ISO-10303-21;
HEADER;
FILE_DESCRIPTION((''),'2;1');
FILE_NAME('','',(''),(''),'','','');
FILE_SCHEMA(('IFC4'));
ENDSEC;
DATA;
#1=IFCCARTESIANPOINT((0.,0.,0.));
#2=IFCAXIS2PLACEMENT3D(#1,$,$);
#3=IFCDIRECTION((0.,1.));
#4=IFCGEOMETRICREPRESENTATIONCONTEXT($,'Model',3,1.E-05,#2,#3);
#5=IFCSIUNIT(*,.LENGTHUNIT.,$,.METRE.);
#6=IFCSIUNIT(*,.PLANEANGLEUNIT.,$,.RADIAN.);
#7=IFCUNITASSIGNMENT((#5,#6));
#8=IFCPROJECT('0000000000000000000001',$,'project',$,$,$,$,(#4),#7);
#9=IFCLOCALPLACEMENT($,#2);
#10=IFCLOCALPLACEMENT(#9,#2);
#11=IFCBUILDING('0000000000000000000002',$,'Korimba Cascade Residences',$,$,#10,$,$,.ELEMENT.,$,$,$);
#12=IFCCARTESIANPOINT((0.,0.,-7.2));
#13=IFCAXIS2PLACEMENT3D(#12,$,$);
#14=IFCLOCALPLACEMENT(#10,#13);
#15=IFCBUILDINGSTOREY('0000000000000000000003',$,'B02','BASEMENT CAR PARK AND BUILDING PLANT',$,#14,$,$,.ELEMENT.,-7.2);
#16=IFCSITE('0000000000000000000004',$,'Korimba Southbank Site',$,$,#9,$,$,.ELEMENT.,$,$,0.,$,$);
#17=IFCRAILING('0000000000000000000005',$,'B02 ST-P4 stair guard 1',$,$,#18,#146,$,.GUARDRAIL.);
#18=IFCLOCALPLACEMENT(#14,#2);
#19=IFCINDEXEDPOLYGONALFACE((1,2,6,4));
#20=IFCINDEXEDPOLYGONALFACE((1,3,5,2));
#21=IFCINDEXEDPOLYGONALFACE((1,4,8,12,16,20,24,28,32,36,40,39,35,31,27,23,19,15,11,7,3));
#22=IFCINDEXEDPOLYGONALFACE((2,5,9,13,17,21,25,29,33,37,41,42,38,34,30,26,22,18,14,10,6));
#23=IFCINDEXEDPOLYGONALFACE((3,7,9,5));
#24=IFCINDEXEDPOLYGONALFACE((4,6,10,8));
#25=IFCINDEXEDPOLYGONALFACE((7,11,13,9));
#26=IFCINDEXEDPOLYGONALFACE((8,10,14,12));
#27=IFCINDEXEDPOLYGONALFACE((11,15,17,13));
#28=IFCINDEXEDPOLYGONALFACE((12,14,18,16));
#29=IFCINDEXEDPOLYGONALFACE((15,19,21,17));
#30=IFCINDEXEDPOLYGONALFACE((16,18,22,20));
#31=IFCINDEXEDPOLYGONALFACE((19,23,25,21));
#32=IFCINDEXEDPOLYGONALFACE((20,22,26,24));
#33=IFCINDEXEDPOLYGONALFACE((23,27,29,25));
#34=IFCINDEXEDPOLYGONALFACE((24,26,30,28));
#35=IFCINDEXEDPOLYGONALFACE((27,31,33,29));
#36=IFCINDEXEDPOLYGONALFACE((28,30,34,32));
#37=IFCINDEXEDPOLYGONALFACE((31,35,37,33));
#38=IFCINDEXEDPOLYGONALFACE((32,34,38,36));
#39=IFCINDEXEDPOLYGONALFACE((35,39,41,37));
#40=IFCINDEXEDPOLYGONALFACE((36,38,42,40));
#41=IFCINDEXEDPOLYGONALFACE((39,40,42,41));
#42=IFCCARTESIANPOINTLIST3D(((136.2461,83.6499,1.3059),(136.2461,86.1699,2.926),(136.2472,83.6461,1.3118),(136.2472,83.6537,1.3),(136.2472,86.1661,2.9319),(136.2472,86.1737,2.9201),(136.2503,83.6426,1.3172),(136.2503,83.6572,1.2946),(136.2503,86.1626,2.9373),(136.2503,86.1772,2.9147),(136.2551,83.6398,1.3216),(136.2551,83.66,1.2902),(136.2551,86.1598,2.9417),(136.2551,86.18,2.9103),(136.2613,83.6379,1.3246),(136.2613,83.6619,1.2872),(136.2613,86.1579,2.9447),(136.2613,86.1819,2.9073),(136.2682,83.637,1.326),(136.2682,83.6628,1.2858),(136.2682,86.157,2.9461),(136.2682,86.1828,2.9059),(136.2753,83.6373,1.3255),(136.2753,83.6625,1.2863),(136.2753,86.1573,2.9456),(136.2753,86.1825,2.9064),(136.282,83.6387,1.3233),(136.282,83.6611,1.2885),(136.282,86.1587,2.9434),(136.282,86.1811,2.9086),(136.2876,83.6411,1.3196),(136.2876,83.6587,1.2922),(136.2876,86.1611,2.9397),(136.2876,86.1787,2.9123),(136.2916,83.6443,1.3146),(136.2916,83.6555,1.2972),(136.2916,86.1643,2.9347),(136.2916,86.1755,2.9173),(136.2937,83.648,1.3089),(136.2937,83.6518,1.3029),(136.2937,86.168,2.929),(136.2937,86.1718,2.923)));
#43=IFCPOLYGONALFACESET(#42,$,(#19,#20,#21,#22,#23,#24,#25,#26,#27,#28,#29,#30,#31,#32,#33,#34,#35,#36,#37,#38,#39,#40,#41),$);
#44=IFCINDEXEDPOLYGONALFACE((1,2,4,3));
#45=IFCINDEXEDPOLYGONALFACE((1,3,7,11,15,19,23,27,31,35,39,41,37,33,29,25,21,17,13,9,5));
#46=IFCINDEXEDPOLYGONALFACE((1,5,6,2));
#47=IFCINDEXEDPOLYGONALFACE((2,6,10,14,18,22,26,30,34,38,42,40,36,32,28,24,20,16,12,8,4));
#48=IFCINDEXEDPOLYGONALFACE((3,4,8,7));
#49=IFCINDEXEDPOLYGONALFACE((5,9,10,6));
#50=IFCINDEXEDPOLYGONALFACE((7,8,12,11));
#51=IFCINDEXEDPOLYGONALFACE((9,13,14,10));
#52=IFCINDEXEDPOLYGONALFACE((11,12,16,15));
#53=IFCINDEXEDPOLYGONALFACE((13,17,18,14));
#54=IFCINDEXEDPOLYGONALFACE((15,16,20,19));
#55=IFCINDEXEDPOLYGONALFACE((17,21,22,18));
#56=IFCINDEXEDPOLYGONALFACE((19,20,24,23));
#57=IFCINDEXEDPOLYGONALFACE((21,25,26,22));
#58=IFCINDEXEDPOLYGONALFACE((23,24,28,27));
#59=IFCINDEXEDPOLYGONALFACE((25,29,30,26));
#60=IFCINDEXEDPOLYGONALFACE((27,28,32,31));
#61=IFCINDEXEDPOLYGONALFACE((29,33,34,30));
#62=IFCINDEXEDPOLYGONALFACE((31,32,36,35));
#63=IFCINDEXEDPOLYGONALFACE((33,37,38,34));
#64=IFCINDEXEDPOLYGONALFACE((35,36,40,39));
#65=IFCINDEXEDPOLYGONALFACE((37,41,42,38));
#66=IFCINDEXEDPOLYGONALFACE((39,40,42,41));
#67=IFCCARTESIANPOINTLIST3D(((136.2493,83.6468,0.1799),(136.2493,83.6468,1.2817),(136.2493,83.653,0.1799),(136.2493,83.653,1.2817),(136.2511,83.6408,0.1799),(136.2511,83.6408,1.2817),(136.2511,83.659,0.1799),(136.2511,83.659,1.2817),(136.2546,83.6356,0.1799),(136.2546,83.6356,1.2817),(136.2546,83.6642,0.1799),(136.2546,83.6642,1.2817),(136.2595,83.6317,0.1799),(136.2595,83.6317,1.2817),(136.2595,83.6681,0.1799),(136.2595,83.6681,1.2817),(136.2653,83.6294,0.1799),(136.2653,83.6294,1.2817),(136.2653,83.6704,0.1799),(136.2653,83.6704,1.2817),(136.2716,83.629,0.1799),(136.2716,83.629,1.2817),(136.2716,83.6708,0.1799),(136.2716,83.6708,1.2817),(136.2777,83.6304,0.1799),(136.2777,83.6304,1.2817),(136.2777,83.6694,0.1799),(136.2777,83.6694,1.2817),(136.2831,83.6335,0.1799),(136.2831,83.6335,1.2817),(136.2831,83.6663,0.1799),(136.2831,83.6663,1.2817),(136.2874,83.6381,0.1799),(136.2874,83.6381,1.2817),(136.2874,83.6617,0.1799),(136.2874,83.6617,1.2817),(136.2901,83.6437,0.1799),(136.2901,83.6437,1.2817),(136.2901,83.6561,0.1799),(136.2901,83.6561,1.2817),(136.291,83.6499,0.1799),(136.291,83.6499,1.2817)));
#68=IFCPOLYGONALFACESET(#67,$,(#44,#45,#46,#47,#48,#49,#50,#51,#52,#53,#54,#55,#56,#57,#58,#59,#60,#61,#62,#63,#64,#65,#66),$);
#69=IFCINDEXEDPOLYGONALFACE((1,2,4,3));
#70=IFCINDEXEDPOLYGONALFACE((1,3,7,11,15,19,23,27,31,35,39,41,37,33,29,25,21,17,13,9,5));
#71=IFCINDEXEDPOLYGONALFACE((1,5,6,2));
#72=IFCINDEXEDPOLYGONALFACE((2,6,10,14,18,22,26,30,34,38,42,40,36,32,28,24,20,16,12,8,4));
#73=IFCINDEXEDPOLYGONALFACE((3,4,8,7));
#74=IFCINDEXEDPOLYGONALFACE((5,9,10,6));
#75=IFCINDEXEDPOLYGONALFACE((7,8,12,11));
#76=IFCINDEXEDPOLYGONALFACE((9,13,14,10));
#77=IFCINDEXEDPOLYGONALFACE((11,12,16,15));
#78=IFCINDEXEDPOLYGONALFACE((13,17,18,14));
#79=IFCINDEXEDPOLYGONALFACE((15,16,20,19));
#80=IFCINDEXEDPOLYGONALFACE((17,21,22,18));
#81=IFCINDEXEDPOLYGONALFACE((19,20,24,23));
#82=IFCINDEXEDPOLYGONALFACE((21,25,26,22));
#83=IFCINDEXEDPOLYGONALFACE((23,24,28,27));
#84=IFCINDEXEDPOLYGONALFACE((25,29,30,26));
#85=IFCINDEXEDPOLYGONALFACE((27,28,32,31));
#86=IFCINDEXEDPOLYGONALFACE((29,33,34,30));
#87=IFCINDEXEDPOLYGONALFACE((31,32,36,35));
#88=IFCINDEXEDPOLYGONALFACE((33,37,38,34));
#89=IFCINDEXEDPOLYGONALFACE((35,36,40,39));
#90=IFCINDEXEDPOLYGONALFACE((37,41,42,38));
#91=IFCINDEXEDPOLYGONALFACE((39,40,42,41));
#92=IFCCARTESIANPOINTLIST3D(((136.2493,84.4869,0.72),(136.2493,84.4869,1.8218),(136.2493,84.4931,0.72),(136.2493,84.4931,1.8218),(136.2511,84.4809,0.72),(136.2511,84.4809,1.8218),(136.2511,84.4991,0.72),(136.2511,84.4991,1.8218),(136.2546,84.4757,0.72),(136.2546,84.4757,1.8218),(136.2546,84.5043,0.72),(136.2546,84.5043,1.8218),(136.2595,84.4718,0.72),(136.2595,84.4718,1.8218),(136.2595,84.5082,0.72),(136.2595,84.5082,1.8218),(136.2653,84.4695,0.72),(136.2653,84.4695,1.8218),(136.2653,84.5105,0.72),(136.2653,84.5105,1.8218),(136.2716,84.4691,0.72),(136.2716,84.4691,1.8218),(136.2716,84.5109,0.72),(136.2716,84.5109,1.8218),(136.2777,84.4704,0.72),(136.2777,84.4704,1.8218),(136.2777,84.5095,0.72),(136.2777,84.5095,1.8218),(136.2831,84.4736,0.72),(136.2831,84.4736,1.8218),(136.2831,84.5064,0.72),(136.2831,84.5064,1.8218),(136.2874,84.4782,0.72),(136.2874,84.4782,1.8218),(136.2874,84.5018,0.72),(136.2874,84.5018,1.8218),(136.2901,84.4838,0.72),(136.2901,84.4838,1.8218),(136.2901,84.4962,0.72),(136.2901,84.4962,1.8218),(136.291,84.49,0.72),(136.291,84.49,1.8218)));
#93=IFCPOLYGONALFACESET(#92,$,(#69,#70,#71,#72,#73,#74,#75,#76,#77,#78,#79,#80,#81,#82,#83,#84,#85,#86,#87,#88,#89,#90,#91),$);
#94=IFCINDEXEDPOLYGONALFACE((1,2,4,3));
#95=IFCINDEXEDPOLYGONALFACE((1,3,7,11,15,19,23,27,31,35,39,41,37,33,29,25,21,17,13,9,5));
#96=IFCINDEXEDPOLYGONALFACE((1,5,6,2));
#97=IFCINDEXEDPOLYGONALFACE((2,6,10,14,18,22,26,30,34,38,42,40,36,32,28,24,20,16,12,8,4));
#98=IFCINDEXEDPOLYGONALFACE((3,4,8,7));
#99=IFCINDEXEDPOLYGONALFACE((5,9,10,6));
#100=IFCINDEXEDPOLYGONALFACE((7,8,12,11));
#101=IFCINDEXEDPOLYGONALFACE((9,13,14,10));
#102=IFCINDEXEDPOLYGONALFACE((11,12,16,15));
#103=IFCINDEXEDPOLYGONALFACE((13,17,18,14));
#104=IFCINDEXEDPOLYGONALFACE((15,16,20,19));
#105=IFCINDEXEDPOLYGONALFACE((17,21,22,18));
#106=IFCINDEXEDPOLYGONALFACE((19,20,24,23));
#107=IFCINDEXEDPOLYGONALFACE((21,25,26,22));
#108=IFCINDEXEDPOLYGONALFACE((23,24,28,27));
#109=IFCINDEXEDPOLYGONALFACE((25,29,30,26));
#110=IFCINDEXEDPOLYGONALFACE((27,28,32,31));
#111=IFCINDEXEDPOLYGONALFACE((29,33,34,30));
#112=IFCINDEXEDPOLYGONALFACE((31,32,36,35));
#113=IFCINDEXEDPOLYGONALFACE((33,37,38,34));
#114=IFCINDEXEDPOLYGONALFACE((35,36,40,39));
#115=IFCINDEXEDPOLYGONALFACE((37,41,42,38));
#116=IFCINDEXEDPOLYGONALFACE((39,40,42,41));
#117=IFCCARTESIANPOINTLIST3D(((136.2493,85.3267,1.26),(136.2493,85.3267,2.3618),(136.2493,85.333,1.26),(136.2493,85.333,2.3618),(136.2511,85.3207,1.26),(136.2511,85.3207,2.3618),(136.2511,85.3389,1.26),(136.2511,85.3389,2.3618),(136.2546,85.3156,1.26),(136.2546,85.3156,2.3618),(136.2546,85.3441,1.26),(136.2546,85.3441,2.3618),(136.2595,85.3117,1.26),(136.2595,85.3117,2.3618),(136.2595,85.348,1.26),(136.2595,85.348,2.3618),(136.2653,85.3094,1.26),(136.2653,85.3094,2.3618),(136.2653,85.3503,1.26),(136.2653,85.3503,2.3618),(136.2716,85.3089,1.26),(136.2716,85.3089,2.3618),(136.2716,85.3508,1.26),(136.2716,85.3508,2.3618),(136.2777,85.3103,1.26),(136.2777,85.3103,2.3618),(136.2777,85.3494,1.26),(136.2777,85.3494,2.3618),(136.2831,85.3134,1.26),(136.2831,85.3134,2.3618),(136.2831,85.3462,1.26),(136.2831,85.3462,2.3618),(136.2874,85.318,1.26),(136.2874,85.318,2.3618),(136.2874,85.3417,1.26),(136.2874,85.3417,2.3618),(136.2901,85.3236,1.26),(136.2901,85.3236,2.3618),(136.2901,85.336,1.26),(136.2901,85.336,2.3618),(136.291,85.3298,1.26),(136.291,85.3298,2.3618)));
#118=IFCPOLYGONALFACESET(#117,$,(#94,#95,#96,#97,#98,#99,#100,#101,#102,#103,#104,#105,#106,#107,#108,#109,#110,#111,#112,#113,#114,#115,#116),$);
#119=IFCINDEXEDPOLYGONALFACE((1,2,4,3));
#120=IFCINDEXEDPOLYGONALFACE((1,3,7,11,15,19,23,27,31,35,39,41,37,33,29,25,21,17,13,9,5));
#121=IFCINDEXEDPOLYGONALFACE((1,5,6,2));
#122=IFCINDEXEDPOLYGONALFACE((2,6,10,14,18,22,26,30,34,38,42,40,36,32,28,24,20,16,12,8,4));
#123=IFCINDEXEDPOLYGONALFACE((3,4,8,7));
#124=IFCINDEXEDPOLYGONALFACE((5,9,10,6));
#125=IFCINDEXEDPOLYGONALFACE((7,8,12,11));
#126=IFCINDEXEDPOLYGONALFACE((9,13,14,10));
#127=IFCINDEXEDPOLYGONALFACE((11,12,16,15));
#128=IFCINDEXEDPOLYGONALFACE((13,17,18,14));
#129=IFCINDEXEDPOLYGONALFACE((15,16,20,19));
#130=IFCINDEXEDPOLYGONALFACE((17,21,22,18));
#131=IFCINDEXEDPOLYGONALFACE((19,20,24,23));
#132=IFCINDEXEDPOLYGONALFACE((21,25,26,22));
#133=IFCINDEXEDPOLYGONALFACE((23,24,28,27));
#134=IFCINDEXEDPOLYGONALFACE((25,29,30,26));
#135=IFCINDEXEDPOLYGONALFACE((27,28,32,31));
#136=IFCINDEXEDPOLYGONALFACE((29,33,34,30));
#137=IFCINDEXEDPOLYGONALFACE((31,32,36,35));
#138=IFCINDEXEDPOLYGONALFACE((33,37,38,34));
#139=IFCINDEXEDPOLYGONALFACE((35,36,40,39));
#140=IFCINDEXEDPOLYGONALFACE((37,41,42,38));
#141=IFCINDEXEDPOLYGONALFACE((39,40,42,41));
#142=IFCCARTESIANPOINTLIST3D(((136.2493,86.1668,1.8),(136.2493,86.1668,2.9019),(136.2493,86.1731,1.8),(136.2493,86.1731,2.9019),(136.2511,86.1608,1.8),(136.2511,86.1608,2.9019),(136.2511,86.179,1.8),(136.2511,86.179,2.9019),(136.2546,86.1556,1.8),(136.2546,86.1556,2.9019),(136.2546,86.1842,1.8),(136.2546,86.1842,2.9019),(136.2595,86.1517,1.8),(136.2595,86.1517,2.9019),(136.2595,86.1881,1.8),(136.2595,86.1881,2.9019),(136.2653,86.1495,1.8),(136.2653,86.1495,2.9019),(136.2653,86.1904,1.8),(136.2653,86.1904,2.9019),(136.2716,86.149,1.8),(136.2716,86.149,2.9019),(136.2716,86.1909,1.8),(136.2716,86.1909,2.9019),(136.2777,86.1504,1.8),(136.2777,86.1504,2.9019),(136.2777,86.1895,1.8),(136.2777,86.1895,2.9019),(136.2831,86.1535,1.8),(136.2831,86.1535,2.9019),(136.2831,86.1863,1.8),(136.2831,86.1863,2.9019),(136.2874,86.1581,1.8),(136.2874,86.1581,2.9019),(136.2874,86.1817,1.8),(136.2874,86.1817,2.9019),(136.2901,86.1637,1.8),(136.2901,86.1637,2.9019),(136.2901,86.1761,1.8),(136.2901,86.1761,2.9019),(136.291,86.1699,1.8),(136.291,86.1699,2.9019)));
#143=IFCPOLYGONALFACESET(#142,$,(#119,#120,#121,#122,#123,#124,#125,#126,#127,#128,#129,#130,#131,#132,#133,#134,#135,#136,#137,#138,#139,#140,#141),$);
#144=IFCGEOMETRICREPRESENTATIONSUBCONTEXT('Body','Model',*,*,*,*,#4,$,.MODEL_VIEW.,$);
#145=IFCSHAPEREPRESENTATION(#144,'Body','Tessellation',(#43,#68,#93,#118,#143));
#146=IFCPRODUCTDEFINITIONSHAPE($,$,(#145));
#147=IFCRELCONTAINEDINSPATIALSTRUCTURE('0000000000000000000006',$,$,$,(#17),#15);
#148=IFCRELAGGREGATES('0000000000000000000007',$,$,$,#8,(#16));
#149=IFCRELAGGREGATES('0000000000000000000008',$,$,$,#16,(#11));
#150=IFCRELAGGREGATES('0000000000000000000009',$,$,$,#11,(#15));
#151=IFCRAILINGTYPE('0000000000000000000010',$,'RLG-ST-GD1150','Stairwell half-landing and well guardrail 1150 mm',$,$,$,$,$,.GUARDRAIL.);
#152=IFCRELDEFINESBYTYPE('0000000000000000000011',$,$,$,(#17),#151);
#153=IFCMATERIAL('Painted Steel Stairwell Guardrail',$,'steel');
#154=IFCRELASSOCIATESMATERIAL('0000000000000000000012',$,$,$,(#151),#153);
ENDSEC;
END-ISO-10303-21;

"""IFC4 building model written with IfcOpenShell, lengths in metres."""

from ifc_helpers import new_model, si_unit, direction, frame, origin, origin_2d, place, context, subcontext, project, spatial, circle, extrude, material, type_object, element, save


model = new_model("IFC4")

# Units and contexts
model_context = context("Model", 3, precision=1e-05, world=origin(), true_north=direction((0.0, 1.0)))
body_context = subcontext(model_context, "Body", "Model", "MODEL_VIEW")
ifc_project = project(units=[si_unit("LENGTHUNIT", "METRE"), si_unit("PLANEANGLEUNIT", "RADIAN")], contexts=[model_context])

# Site, building, storey
site_placement = place(None, origin())
site = spatial("IfcSite", under=ifc_project, at=site_placement, Name="Korimba Southbank Site", CompositionType="ELEMENT", RefElevation=0.0)
building_placement = place(site_placement, origin())
building = spatial("IfcBuilding", under=site, at=building_placement, Name="Korimba Cascade Residences", CompositionType="ELEMENT")
storey_placement = place(building_placement, frame((0.0, 0.0, -7.2)))
storey = spatial("IfcBuildingStorey", under=building, at=storey_placement, Name="B02", Description="BASEMENT CAR PARK AND BUILDING PLANT", CompositionType="ELEMENT", Elevation=-7.2)

# Railing
ifc_material_1 = material(Name="Painted Steel Stairwell Guardrail", Category="steel")
railing_type_1 = type_object("IfcRailingType", Name="RLG-ST-GD1150", Description="Stairwell half-landing and well guardrail 1150 mm", PredefinedType="GUARDRAIL", material=ifc_material_1)
railing_1_placement = place(storey_placement, frame((136.27, 83.6499, 0.1799)))
element("IfcRailing", 1, at=railing_1_placement, inside=storey, type_object=railing_type_1, Name="B02 ST-P4 stair guard 1", PredefinedType="GUARDRAIL", context=body_context, shape_type="SweptSolid", body=[
    extrude(circle(Radius=0.0239, at=origin_2d()), frame((0.0, 0.0, 1.126), z_axis=(0.0, 0.841163, 0.540782), x_axis=(-1.0, 0.0, 0.0)), (0.0, 0.0, 1.0), 2.9958),
    extrude(circle(Radius=0.021, at=origin_2d()), origin(), (0.0, 0.0, 1.0), 1.1018),
    extrude(circle(Radius=0.021, at=origin_2d()), frame((0.0, 0.8401, 0.54)), (0.0, 0.0, 1.0), 1.1018),
    extrude(circle(Radius=0.021, at=origin_2d()), frame((0.0, 1.6799, 1.0801)), (0.0, 0.0, 1.0), 1.1018),
    extrude(circle(Radius=0.021, at=origin_2d()), frame((0.0, 2.52, 1.6201)), (0.0, 0.0, 1.0), 1.1018),
])

save(model, "model.ifc")
